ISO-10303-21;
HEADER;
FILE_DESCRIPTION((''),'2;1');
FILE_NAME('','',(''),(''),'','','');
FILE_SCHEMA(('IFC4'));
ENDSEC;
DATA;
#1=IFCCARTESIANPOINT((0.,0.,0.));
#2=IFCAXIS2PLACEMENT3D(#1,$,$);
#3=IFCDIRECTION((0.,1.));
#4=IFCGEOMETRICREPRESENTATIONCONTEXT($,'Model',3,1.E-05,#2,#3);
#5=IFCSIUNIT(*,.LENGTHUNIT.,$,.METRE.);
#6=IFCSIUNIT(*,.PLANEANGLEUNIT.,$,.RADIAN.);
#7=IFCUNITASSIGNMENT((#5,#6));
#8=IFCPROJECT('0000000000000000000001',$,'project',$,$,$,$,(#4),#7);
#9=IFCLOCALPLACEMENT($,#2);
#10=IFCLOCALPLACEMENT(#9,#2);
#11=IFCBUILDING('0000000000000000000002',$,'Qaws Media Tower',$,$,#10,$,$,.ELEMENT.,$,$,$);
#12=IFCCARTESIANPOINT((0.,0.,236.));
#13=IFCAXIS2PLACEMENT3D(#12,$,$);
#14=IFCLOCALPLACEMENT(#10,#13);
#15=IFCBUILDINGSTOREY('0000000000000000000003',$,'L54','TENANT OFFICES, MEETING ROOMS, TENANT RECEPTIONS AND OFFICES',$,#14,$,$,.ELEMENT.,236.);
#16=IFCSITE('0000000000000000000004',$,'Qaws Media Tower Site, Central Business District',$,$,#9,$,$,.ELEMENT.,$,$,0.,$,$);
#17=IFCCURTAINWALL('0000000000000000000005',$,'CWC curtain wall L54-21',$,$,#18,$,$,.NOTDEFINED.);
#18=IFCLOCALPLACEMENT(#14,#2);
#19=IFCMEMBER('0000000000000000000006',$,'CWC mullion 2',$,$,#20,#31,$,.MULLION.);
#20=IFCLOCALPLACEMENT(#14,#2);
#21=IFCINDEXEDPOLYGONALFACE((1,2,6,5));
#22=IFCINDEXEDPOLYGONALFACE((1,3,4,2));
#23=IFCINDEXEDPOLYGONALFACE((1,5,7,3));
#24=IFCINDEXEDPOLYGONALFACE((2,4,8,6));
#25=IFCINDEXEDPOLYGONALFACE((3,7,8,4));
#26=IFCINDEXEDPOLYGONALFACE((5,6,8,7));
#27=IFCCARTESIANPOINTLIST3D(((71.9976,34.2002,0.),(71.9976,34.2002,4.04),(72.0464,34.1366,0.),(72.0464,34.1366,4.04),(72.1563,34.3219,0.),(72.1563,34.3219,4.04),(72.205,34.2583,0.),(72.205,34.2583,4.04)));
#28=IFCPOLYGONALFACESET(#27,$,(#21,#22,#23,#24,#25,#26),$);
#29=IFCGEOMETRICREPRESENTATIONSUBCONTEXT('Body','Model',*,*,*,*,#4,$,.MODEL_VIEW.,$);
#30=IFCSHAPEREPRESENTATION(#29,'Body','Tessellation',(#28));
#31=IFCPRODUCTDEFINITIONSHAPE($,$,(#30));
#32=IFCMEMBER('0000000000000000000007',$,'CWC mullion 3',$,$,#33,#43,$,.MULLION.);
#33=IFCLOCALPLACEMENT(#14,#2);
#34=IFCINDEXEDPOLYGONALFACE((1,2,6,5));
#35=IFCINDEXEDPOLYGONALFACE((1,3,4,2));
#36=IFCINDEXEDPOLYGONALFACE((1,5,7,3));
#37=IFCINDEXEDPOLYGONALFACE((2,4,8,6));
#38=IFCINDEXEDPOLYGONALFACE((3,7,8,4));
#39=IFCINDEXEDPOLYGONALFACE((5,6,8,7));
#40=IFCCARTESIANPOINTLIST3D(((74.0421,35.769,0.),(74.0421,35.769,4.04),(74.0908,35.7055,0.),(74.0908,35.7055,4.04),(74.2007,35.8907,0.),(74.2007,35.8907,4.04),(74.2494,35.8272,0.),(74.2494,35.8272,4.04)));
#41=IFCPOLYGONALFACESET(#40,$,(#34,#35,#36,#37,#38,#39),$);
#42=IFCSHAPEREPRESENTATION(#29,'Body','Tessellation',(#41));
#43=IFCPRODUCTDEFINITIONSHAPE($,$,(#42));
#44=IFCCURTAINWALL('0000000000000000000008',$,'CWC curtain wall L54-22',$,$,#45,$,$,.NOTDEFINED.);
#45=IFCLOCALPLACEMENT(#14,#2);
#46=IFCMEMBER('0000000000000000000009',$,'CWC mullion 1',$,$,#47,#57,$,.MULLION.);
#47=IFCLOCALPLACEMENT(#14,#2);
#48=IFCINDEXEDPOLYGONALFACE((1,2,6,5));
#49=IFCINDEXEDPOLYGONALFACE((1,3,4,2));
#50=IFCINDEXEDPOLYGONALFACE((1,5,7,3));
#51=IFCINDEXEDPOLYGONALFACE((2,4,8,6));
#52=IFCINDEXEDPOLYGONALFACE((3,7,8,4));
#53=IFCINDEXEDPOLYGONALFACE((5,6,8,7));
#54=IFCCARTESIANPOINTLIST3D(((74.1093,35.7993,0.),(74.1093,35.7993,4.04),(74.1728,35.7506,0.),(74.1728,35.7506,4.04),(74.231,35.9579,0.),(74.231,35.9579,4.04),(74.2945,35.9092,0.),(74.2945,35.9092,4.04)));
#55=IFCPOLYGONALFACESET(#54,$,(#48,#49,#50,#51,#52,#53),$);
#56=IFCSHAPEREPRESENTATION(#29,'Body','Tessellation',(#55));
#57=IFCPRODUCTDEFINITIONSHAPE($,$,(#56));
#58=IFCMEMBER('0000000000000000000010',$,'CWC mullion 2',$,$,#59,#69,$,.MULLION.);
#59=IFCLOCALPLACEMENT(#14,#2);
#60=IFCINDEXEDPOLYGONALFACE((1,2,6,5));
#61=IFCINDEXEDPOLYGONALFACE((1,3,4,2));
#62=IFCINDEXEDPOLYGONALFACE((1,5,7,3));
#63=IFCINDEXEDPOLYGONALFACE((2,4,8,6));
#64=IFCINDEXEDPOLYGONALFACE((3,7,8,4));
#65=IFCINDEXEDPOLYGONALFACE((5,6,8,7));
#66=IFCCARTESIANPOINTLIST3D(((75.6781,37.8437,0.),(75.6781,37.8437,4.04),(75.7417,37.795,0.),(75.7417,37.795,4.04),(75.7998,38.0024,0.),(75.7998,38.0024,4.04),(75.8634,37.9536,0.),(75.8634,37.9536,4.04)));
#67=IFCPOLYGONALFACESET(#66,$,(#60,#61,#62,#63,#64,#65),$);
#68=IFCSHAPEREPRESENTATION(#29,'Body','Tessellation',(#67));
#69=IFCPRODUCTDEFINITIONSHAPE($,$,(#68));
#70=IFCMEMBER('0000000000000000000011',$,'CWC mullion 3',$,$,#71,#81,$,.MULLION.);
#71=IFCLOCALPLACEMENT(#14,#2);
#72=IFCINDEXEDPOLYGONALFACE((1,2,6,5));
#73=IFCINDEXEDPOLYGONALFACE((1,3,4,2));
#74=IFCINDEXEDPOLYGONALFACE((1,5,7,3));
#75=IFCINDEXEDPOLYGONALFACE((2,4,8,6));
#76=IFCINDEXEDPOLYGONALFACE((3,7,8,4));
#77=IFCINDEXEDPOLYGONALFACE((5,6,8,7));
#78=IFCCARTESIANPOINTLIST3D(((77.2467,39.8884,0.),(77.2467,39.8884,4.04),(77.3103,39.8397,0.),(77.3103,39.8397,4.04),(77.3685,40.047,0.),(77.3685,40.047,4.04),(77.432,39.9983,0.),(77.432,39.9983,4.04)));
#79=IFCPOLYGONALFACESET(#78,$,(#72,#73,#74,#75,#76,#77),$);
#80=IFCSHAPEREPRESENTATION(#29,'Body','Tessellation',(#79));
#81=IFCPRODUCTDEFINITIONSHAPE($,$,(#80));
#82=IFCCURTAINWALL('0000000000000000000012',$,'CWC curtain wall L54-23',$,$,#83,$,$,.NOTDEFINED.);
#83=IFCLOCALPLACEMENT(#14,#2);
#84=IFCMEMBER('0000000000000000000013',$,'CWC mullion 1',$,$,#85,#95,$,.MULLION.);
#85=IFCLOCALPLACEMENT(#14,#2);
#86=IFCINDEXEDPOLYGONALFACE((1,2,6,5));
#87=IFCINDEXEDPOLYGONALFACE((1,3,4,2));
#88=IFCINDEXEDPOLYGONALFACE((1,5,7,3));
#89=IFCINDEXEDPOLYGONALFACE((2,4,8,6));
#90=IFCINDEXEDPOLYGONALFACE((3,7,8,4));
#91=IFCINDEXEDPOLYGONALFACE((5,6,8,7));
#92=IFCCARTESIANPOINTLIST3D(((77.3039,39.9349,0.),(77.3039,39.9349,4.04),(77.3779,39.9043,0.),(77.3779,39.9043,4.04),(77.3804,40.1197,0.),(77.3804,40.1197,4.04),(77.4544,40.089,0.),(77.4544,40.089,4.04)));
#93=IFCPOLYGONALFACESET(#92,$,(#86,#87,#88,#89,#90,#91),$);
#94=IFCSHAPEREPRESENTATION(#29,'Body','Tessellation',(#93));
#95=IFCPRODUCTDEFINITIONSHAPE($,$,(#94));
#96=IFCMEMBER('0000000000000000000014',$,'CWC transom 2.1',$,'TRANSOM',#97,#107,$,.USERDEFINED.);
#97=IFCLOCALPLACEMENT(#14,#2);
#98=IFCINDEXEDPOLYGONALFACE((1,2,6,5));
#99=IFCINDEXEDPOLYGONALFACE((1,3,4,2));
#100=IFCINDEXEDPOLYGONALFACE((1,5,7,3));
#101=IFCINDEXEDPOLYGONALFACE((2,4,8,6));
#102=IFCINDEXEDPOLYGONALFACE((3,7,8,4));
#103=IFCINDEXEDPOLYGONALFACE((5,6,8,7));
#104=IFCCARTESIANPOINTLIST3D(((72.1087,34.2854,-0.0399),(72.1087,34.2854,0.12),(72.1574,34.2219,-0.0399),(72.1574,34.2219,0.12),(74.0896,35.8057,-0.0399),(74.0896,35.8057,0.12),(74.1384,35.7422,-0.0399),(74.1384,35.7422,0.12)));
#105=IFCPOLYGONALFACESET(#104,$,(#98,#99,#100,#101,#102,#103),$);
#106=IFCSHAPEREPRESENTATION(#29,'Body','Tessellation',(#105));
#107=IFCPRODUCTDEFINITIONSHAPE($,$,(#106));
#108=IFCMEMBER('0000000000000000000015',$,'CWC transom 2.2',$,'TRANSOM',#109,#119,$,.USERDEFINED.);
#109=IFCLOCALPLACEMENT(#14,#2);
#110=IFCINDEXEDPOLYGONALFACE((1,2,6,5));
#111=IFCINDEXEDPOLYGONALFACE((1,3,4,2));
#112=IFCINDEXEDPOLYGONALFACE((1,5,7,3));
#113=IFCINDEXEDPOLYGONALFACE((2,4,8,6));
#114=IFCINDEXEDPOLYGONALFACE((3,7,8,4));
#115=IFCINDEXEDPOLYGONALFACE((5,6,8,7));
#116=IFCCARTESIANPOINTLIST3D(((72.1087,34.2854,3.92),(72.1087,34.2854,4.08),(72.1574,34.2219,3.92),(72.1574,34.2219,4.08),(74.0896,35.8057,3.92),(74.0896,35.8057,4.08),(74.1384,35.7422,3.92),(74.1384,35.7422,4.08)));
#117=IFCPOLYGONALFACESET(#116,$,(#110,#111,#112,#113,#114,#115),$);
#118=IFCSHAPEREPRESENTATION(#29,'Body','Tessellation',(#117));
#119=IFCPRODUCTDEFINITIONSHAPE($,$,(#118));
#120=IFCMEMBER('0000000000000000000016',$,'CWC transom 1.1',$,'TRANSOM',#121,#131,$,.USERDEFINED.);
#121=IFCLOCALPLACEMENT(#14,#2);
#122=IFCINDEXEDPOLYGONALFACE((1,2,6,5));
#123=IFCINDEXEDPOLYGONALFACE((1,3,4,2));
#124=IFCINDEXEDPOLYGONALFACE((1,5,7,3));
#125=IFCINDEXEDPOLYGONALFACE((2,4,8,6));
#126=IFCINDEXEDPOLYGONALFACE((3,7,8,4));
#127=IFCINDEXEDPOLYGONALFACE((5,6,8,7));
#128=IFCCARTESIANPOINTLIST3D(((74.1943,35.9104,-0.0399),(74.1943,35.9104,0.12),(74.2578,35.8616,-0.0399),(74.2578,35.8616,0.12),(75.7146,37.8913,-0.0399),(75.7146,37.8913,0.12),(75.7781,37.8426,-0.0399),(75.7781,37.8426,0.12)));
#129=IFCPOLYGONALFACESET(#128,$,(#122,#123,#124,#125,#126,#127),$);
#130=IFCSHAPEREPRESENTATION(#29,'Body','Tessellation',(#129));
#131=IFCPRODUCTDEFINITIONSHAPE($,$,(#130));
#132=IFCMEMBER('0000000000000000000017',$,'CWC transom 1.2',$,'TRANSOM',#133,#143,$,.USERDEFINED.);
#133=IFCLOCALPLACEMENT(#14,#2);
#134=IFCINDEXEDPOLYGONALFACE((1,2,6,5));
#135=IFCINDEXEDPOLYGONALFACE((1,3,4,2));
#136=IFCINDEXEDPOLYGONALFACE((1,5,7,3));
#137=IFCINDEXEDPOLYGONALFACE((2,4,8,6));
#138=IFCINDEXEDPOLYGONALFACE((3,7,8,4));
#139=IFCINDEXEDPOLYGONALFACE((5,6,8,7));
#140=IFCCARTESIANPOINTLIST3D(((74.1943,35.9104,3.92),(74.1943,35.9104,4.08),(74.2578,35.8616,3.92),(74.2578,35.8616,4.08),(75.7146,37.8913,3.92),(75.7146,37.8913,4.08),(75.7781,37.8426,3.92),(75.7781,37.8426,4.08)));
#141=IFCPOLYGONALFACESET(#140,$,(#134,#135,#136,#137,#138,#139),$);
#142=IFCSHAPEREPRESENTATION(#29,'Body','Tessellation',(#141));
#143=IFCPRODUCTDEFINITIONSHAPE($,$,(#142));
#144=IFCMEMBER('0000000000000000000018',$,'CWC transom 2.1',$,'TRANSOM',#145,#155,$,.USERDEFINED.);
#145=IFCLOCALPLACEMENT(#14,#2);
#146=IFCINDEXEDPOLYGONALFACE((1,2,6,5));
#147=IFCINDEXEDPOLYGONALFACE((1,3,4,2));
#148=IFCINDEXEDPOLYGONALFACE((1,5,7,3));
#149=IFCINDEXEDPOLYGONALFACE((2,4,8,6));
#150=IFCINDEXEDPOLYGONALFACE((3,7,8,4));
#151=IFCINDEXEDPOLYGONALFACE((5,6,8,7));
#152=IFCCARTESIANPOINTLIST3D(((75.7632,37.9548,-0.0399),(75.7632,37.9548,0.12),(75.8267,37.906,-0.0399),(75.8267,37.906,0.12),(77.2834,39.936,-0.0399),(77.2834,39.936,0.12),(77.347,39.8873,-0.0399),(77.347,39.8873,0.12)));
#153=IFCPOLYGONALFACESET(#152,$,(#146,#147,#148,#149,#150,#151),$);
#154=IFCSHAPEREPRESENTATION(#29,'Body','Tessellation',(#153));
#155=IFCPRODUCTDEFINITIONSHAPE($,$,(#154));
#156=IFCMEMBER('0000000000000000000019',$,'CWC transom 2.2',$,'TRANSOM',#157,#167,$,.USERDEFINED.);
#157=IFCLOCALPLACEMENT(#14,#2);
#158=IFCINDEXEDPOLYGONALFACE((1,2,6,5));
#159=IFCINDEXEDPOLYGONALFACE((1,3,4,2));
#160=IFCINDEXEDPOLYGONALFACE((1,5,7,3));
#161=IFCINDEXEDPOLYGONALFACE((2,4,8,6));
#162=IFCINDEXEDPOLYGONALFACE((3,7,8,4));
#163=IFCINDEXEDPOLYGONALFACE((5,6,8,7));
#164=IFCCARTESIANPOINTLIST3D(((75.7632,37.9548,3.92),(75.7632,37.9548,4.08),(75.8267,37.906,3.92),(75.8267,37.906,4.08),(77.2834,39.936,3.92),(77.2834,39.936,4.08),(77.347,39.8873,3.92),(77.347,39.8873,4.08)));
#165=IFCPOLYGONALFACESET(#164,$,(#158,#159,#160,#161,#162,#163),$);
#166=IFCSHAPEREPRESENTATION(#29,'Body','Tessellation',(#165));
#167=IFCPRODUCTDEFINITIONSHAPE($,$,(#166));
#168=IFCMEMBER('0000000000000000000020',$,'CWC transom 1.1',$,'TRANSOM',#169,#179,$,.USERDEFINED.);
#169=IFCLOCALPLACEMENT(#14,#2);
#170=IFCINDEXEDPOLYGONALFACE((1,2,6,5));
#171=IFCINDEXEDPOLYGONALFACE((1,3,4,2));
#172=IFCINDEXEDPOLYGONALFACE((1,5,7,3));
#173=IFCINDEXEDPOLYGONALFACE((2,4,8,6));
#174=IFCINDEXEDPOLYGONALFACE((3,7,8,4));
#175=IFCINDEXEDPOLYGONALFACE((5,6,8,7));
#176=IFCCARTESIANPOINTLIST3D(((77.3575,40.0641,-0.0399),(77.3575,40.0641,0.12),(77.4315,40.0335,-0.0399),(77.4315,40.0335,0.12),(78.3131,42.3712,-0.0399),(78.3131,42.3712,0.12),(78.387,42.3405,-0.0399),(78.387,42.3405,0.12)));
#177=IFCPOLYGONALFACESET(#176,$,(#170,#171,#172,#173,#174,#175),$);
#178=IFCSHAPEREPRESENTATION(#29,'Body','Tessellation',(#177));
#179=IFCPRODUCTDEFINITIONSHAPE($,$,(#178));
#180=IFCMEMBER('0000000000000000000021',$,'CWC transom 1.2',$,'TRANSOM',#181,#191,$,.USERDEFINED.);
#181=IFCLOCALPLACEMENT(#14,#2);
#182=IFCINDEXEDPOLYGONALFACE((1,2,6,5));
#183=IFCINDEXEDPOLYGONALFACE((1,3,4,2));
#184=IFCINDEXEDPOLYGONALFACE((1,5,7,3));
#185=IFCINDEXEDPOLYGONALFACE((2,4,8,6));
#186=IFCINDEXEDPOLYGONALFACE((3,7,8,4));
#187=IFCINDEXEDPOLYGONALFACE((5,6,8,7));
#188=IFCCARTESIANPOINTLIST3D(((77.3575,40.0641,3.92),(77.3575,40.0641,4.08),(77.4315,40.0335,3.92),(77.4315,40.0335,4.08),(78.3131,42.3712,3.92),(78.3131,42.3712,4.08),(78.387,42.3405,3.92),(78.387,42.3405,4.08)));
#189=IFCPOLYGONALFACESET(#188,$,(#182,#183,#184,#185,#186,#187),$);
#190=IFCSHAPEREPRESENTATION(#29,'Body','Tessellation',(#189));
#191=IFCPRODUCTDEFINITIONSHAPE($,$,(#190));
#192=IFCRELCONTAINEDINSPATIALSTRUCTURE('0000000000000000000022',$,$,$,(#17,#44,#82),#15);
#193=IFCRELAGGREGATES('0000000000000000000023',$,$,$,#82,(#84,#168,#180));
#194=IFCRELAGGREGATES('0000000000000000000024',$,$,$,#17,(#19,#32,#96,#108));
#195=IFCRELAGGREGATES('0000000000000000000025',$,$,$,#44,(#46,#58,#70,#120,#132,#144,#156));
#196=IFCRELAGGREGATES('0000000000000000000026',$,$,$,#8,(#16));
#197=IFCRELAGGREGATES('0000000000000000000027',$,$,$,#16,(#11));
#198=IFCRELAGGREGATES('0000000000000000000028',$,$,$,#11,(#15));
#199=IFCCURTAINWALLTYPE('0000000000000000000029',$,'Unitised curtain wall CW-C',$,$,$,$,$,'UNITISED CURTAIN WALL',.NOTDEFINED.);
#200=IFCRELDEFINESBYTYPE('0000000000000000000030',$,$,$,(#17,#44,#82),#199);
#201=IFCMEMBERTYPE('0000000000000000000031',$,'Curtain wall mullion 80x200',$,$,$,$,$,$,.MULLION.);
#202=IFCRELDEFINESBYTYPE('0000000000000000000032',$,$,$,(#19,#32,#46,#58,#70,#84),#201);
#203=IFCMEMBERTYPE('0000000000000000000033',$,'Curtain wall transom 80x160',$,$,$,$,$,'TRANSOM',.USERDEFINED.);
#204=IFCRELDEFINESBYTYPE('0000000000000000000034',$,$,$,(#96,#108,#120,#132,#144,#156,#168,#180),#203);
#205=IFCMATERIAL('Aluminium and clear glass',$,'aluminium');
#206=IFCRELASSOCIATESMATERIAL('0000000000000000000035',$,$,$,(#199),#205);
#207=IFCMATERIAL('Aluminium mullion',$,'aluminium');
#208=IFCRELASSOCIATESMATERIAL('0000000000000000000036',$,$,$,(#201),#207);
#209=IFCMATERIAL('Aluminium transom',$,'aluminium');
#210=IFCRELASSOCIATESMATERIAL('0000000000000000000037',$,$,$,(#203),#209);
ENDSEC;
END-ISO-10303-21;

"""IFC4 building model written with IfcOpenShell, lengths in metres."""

from ifc_helpers import new_model, si_unit, direction, frame, origin, origin_2d, place, context, subcontext, project, spatial, rectangle, extrude, material, material_profile, profile_set, type_object, element, aggregate, save


model = new_model("IFC4")

# Units and contexts
model_context = context("Model", 3, precision=1e-05, world=origin(), true_north=direction((0.0, 1.0)))
body_context = subcontext(model_context, "Body", "Model", "MODEL_VIEW")
ifc_project = project(units=[si_unit("LENGTHUNIT", "METRE"), si_unit("PLANEANGLEUNIT", "RADIAN")], contexts=[model_context])

# Site, building, storey
site_placement = place(None, origin())
site = spatial("IfcSite", under=ifc_project, at=site_placement, Name="Qaws Media Tower Site, Central Business District", CompositionType="ELEMENT", RefElevation=0.0)
building_placement = place(site_placement, origin())
building = spatial("IfcBuilding", under=site, at=building_placement, Name="Qaws Media Tower", CompositionType="ELEMENT")
storey_placement = place(building_placement, frame((0.0, 0.0, 236.0)))
storey = spatial("IfcBuildingStorey", under=building, at=storey_placement, Name="L54", Description="TENANT OFFICES, MEETING ROOMS, TENANT RECEPTIONS AND OFFICES", CompositionType="ELEMENT", Elevation=236.0)

# Curtain walls, members
ifc_material_1 = material(Name="Aluminium and clear glass", Category="aluminium")
curtain_wall_type = type_object("IfcCurtainWallType", Name="Unitised curtain wall CW-C", ElementType="UNITISED CURTAIN WALL", PredefinedType="NOTDEFINED", material=ifc_material_1)
curtain_wall_1_placement = place(storey_placement, origin())
curtain_wall_1 = element("IfcCurtainWall", 1, at=curtain_wall_1_placement, inside=storey, type_object=curtain_wall_type, Name="CWC curtain wall L54-21", PredefinedType="NOTDEFINED")
ifc_material_2 = material(Name="Aluminium mullion", Category="aluminium")
ifc_material_profile_1 = material_profile(ifc_material_2, rectangle(XDim=0.0801, YDim=0.2, at=origin_2d()), Name="80x200")
ifc_profile_set_1 = profile_set([ifc_material_profile_1], Name="Aluminium mullion")
member_type_1 = type_object("IfcMemberType", Name="Curtain wall mullion 80x200", PredefinedType="MULLION", material=ifc_profile_set_1)
member_1_placement = place(storey_placement, frame((72.1013, 34.2292, 0.0), z_axis=(0.0, 0.0, 1.0), x_axis=(-0.608761, 0.793353, 0.0)))
member_1 = element("IfcMember", 2, at=member_1_placement, type_object=member_type_1, Name="CWC mullion 2", PredefinedType="MULLION", context=body_context, shape_type="SweptSolid", body=[
    extrude(rectangle(XDim=0.0801, YDim=0.2, at=origin_2d()), origin(), (0.0, 0.0, 1.0), 4.04),
])
member_2_placement = place(storey_placement, frame((74.1458, 35.7981, 0.0), z_axis=(0.0, 0.0, 1.0), x_axis=(-0.608761, 0.793353, 0.0)))
member_2 = element("IfcMember", 3, at=member_2_placement, type_object=member_type_1, Name="CWC mullion 3", PredefinedType="MULLION", context=body_context, shape_type="SweptSolid", body=[
    extrude(rectangle(XDim=0.0801, YDim=0.2, at=origin_2d()), origin(), (0.0, 0.0, 1.0), 4.04),
])
curtain_wall_2_placement = place(storey_placement, origin())
curtain_wall_2 = element("IfcCurtainWall", 4, at=curtain_wall_2_placement, inside=storey, type_object=curtain_wall_type, Name="CWC curtain wall L54-22", PredefinedType="NOTDEFINED")
member_3_placement = place(storey_placement, frame((74.2019, 35.8542, 0.0), z_axis=(0.0, 0.0, 1.0), x_axis=(-0.793353, 0.608761, 0.0)))
member_3 = element("IfcMember", 5, at=member_3_placement, type_object=member_type_1, Name="CWC mullion 1", PredefinedType="MULLION", context=body_context, shape_type="SweptSolid", body=[
    extrude(rectangle(XDim=0.0801, YDim=0.2, at=origin_2d()), origin(), (0.0, 0.0, 1.0), 4.04),
])
member_4_placement = place(storey_placement, frame((75.7708, 37.8987, 0.0), z_axis=(0.0, 0.0, 1.0), x_axis=(-0.793353, 0.608761, 0.0)))
member_4 = element("IfcMember", 6, at=member_4_placement, type_object=member_type_1, Name="CWC mullion 2", PredefinedType="MULLION", context=body_context, shape_type="SweptSolid", body=[
    extrude(rectangle(XDim=0.0801, YDim=0.2, at=origin_2d()), origin(), (0.0, 0.0, 1.0), 4.04),
])
member_5_placement = place(storey_placement, frame((77.3394, 39.9434, 0.0), z_axis=(0.0, 0.0, 1.0), x_axis=(-0.793353, 0.608761, 0.0)))
member_5 = element("IfcMember", 7, at=member_5_placement, type_object=member_type_1, Name="CWC mullion 3", PredefinedType="MULLION", context=body_context, shape_type="SweptSolid", body=[
    extrude(rectangle(XDim=0.0801, YDim=0.2, at=origin_2d()), origin(), (0.0, 0.0, 1.0), 4.04),
])

# Curtain wall, member
curtain_wall_3_placement = place(storey_placement, origin())
curtain_wall_3 = element("IfcCurtainWall", 8, at=curtain_wall_3_placement, inside=storey, type_object=curtain_wall_type, Name="CWC curtain wall L54-23", PredefinedType="NOTDEFINED")
member_6_placement = place(storey_placement, frame((77.3792, 40.012, 0.0), z_axis=(0.0, 0.0, 1.0), x_axis=(-0.923879, 0.382684, 0.0)))
member_6 = element("IfcMember", 9, at=member_6_placement, type_object=member_type_1, Name="CWC mullion 1", PredefinedType="MULLION", context=body_context, shape_type="SweptSolid", body=[
    extrude(rectangle(XDim=0.0801, YDim=0.2, at=origin_2d()), origin(), (0.0, 0.0, 1.0), 4.04),
])

# Members
ifc_material_3 = material(Name="Aluminium transom", Category="aluminium")
ifc_material_profile_2 = material_profile(ifc_material_3, rectangle(XDim=0.0801, YDim=0.1599, at=origin_2d()), Name="80x160")
ifc_profile_set_2 = profile_set([ifc_material_profile_2], Name="Aluminium transom")
member_type_2 = type_object("IfcMemberType", Name="Curtain wall transom 80x160", ElementType="TRANSOM", PredefinedType="USERDEFINED", material=ifc_profile_set_2)
member_7_placement = place(storey_placement, frame((72.1331, 34.2537, 0.04), z_axis=(0.79331, 0.608817, 0.0), x_axis=(-0.608817, 0.79331, 0.0)))
member_7 = element("IfcMember", 10, at=member_7_placement, type_object=member_type_2, Name="CWC transom 2.1", ObjectType="TRANSOM", PredefinedType="USERDEFINED", context=body_context, shape_type="SweptSolid", body=[
    extrude(rectangle(XDim=0.0801, YDim=0.1599, at=origin_2d()), origin(), (0.0, 0.0, 1.0), 2.4971),
])
member_8_placement = place(storey_placement, frame((72.1331, 34.2537, 4.0), z_axis=(0.79331, 0.608817, 0.0), x_axis=(-0.608817, 0.79331, 0.0)))
member_8 = element("IfcMember", 11, at=member_8_placement, type_object=member_type_2, Name="CWC transom 2.2", ObjectType="TRANSOM", PredefinedType="USERDEFINED", context=body_context, shape_type="SweptSolid", body=[
    extrude(rectangle(XDim=0.0801, YDim=0.1599, at=origin_2d()), origin(), (0.0, 0.0, 1.0), 2.4971),
])
member_9_placement = place(storey_placement, frame((74.2261, 35.886, 0.04), z_axis=(0.608817, 0.79331, 0.0), x_axis=(-0.79331, 0.608817, 0.0)))
member_9 = element("IfcMember", 12, at=member_9_placement, type_object=member_type_2, Name="CWC transom 1.1", ObjectType="TRANSOM", PredefinedType="USERDEFINED", context=body_context, shape_type="SweptSolid", body=[
    extrude(rectangle(XDim=0.0801, YDim=0.1599, at=origin_2d()), origin(), (0.0, 0.0, 1.0), 2.4971),
])
member_10_placement = place(storey_placement, frame((74.2261, 35.886, 4.0), z_axis=(0.608817, 0.79331, 0.0), x_axis=(-0.79331, 0.608817, 0.0)))
member_10 = element("IfcMember", 13, at=member_10_placement, type_object=member_type_2, Name="CWC transom 1.2", ObjectType="TRANSOM", PredefinedType="USERDEFINED", context=body_context, shape_type="SweptSolid", body=[
    extrude(rectangle(XDim=0.0801, YDim=0.1599, at=origin_2d()), origin(), (0.0, 0.0, 1.0), 2.4971),
])
member_11_placement = place(storey_placement, frame((75.7949, 37.9304, 0.04), z_axis=(0.60877, 0.793347, 0.0), x_axis=(-0.793347, 0.60877, 0.0)))
member_11 = element("IfcMember", 14, at=member_11_placement, type_object=member_type_2, Name="CWC transom 2.1", ObjectType="TRANSOM", PredefinedType="USERDEFINED", context=body_context, shape_type="SweptSolid", body=[
    extrude(rectangle(XDim=0.0801, YDim=0.1599, at=origin_2d()), origin(), (0.0, 0.0, 1.0), 2.4973),
])
member_12_placement = place(storey_placement, frame((75.7949, 37.9304, 4.0), z_axis=(0.60877, 0.793347, 0.0), x_axis=(-0.793347, 0.60877, 0.0)))
member_12 = element("IfcMember", 15, at=member_12_placement, type_object=member_type_2, Name="CWC transom 2.2", ObjectType="TRANSOM", PredefinedType="USERDEFINED", context=body_context, shape_type="SweptSolid", body=[
    extrude(rectangle(XDim=0.0801, YDim=0.1599, at=origin_2d()), origin(), (0.0, 0.0, 1.0), 2.4973),
])
member_13_placement = place(storey_placement, frame((77.3945, 40.0488, 0.04), z_axis=(0.382657, 0.923891, 0.0), x_axis=(-0.923891, 0.382657, 0.0)))
member_13 = element("IfcMember", 16, at=member_13_placement, type_object=member_type_2, Name="CWC transom 1.1", ObjectType="TRANSOM", PredefinedType="USERDEFINED", context=body_context, shape_type="SweptSolid", body=[
    extrude(rectangle(XDim=0.0801, YDim=0.1599, at=origin_2d()), origin(), (0.0, 0.0, 1.0), 2.4971),
])
member_14_placement = place(storey_placement, frame((77.3945, 40.0488, 4.0), z_axis=(0.382657, 0.923891, 0.0), x_axis=(-0.923891, 0.382657, 0.0)))
member_14 = element("IfcMember", 17, at=member_14_placement, type_object=member_type_2, Name="CWC transom 1.2", ObjectType="TRANSOM", PredefinedType="USERDEFINED", context=body_context, shape_type="SweptSolid", body=[
    extrude(rectangle(XDim=0.0801, YDim=0.1599, at=origin_2d()), origin(), (0.0, 0.0, 1.0), 2.4971),
])
aggregate(curtain_wall_3, [member_6, member_13, member_14])

aggregate(curtain_wall_1, [member_1, member_2, member_7, member_8])
aggregate(curtain_wall_2, [member_3, member_4, member_5, member_9, member_10, member_11, member_12])

save(model, "model.ifc")
